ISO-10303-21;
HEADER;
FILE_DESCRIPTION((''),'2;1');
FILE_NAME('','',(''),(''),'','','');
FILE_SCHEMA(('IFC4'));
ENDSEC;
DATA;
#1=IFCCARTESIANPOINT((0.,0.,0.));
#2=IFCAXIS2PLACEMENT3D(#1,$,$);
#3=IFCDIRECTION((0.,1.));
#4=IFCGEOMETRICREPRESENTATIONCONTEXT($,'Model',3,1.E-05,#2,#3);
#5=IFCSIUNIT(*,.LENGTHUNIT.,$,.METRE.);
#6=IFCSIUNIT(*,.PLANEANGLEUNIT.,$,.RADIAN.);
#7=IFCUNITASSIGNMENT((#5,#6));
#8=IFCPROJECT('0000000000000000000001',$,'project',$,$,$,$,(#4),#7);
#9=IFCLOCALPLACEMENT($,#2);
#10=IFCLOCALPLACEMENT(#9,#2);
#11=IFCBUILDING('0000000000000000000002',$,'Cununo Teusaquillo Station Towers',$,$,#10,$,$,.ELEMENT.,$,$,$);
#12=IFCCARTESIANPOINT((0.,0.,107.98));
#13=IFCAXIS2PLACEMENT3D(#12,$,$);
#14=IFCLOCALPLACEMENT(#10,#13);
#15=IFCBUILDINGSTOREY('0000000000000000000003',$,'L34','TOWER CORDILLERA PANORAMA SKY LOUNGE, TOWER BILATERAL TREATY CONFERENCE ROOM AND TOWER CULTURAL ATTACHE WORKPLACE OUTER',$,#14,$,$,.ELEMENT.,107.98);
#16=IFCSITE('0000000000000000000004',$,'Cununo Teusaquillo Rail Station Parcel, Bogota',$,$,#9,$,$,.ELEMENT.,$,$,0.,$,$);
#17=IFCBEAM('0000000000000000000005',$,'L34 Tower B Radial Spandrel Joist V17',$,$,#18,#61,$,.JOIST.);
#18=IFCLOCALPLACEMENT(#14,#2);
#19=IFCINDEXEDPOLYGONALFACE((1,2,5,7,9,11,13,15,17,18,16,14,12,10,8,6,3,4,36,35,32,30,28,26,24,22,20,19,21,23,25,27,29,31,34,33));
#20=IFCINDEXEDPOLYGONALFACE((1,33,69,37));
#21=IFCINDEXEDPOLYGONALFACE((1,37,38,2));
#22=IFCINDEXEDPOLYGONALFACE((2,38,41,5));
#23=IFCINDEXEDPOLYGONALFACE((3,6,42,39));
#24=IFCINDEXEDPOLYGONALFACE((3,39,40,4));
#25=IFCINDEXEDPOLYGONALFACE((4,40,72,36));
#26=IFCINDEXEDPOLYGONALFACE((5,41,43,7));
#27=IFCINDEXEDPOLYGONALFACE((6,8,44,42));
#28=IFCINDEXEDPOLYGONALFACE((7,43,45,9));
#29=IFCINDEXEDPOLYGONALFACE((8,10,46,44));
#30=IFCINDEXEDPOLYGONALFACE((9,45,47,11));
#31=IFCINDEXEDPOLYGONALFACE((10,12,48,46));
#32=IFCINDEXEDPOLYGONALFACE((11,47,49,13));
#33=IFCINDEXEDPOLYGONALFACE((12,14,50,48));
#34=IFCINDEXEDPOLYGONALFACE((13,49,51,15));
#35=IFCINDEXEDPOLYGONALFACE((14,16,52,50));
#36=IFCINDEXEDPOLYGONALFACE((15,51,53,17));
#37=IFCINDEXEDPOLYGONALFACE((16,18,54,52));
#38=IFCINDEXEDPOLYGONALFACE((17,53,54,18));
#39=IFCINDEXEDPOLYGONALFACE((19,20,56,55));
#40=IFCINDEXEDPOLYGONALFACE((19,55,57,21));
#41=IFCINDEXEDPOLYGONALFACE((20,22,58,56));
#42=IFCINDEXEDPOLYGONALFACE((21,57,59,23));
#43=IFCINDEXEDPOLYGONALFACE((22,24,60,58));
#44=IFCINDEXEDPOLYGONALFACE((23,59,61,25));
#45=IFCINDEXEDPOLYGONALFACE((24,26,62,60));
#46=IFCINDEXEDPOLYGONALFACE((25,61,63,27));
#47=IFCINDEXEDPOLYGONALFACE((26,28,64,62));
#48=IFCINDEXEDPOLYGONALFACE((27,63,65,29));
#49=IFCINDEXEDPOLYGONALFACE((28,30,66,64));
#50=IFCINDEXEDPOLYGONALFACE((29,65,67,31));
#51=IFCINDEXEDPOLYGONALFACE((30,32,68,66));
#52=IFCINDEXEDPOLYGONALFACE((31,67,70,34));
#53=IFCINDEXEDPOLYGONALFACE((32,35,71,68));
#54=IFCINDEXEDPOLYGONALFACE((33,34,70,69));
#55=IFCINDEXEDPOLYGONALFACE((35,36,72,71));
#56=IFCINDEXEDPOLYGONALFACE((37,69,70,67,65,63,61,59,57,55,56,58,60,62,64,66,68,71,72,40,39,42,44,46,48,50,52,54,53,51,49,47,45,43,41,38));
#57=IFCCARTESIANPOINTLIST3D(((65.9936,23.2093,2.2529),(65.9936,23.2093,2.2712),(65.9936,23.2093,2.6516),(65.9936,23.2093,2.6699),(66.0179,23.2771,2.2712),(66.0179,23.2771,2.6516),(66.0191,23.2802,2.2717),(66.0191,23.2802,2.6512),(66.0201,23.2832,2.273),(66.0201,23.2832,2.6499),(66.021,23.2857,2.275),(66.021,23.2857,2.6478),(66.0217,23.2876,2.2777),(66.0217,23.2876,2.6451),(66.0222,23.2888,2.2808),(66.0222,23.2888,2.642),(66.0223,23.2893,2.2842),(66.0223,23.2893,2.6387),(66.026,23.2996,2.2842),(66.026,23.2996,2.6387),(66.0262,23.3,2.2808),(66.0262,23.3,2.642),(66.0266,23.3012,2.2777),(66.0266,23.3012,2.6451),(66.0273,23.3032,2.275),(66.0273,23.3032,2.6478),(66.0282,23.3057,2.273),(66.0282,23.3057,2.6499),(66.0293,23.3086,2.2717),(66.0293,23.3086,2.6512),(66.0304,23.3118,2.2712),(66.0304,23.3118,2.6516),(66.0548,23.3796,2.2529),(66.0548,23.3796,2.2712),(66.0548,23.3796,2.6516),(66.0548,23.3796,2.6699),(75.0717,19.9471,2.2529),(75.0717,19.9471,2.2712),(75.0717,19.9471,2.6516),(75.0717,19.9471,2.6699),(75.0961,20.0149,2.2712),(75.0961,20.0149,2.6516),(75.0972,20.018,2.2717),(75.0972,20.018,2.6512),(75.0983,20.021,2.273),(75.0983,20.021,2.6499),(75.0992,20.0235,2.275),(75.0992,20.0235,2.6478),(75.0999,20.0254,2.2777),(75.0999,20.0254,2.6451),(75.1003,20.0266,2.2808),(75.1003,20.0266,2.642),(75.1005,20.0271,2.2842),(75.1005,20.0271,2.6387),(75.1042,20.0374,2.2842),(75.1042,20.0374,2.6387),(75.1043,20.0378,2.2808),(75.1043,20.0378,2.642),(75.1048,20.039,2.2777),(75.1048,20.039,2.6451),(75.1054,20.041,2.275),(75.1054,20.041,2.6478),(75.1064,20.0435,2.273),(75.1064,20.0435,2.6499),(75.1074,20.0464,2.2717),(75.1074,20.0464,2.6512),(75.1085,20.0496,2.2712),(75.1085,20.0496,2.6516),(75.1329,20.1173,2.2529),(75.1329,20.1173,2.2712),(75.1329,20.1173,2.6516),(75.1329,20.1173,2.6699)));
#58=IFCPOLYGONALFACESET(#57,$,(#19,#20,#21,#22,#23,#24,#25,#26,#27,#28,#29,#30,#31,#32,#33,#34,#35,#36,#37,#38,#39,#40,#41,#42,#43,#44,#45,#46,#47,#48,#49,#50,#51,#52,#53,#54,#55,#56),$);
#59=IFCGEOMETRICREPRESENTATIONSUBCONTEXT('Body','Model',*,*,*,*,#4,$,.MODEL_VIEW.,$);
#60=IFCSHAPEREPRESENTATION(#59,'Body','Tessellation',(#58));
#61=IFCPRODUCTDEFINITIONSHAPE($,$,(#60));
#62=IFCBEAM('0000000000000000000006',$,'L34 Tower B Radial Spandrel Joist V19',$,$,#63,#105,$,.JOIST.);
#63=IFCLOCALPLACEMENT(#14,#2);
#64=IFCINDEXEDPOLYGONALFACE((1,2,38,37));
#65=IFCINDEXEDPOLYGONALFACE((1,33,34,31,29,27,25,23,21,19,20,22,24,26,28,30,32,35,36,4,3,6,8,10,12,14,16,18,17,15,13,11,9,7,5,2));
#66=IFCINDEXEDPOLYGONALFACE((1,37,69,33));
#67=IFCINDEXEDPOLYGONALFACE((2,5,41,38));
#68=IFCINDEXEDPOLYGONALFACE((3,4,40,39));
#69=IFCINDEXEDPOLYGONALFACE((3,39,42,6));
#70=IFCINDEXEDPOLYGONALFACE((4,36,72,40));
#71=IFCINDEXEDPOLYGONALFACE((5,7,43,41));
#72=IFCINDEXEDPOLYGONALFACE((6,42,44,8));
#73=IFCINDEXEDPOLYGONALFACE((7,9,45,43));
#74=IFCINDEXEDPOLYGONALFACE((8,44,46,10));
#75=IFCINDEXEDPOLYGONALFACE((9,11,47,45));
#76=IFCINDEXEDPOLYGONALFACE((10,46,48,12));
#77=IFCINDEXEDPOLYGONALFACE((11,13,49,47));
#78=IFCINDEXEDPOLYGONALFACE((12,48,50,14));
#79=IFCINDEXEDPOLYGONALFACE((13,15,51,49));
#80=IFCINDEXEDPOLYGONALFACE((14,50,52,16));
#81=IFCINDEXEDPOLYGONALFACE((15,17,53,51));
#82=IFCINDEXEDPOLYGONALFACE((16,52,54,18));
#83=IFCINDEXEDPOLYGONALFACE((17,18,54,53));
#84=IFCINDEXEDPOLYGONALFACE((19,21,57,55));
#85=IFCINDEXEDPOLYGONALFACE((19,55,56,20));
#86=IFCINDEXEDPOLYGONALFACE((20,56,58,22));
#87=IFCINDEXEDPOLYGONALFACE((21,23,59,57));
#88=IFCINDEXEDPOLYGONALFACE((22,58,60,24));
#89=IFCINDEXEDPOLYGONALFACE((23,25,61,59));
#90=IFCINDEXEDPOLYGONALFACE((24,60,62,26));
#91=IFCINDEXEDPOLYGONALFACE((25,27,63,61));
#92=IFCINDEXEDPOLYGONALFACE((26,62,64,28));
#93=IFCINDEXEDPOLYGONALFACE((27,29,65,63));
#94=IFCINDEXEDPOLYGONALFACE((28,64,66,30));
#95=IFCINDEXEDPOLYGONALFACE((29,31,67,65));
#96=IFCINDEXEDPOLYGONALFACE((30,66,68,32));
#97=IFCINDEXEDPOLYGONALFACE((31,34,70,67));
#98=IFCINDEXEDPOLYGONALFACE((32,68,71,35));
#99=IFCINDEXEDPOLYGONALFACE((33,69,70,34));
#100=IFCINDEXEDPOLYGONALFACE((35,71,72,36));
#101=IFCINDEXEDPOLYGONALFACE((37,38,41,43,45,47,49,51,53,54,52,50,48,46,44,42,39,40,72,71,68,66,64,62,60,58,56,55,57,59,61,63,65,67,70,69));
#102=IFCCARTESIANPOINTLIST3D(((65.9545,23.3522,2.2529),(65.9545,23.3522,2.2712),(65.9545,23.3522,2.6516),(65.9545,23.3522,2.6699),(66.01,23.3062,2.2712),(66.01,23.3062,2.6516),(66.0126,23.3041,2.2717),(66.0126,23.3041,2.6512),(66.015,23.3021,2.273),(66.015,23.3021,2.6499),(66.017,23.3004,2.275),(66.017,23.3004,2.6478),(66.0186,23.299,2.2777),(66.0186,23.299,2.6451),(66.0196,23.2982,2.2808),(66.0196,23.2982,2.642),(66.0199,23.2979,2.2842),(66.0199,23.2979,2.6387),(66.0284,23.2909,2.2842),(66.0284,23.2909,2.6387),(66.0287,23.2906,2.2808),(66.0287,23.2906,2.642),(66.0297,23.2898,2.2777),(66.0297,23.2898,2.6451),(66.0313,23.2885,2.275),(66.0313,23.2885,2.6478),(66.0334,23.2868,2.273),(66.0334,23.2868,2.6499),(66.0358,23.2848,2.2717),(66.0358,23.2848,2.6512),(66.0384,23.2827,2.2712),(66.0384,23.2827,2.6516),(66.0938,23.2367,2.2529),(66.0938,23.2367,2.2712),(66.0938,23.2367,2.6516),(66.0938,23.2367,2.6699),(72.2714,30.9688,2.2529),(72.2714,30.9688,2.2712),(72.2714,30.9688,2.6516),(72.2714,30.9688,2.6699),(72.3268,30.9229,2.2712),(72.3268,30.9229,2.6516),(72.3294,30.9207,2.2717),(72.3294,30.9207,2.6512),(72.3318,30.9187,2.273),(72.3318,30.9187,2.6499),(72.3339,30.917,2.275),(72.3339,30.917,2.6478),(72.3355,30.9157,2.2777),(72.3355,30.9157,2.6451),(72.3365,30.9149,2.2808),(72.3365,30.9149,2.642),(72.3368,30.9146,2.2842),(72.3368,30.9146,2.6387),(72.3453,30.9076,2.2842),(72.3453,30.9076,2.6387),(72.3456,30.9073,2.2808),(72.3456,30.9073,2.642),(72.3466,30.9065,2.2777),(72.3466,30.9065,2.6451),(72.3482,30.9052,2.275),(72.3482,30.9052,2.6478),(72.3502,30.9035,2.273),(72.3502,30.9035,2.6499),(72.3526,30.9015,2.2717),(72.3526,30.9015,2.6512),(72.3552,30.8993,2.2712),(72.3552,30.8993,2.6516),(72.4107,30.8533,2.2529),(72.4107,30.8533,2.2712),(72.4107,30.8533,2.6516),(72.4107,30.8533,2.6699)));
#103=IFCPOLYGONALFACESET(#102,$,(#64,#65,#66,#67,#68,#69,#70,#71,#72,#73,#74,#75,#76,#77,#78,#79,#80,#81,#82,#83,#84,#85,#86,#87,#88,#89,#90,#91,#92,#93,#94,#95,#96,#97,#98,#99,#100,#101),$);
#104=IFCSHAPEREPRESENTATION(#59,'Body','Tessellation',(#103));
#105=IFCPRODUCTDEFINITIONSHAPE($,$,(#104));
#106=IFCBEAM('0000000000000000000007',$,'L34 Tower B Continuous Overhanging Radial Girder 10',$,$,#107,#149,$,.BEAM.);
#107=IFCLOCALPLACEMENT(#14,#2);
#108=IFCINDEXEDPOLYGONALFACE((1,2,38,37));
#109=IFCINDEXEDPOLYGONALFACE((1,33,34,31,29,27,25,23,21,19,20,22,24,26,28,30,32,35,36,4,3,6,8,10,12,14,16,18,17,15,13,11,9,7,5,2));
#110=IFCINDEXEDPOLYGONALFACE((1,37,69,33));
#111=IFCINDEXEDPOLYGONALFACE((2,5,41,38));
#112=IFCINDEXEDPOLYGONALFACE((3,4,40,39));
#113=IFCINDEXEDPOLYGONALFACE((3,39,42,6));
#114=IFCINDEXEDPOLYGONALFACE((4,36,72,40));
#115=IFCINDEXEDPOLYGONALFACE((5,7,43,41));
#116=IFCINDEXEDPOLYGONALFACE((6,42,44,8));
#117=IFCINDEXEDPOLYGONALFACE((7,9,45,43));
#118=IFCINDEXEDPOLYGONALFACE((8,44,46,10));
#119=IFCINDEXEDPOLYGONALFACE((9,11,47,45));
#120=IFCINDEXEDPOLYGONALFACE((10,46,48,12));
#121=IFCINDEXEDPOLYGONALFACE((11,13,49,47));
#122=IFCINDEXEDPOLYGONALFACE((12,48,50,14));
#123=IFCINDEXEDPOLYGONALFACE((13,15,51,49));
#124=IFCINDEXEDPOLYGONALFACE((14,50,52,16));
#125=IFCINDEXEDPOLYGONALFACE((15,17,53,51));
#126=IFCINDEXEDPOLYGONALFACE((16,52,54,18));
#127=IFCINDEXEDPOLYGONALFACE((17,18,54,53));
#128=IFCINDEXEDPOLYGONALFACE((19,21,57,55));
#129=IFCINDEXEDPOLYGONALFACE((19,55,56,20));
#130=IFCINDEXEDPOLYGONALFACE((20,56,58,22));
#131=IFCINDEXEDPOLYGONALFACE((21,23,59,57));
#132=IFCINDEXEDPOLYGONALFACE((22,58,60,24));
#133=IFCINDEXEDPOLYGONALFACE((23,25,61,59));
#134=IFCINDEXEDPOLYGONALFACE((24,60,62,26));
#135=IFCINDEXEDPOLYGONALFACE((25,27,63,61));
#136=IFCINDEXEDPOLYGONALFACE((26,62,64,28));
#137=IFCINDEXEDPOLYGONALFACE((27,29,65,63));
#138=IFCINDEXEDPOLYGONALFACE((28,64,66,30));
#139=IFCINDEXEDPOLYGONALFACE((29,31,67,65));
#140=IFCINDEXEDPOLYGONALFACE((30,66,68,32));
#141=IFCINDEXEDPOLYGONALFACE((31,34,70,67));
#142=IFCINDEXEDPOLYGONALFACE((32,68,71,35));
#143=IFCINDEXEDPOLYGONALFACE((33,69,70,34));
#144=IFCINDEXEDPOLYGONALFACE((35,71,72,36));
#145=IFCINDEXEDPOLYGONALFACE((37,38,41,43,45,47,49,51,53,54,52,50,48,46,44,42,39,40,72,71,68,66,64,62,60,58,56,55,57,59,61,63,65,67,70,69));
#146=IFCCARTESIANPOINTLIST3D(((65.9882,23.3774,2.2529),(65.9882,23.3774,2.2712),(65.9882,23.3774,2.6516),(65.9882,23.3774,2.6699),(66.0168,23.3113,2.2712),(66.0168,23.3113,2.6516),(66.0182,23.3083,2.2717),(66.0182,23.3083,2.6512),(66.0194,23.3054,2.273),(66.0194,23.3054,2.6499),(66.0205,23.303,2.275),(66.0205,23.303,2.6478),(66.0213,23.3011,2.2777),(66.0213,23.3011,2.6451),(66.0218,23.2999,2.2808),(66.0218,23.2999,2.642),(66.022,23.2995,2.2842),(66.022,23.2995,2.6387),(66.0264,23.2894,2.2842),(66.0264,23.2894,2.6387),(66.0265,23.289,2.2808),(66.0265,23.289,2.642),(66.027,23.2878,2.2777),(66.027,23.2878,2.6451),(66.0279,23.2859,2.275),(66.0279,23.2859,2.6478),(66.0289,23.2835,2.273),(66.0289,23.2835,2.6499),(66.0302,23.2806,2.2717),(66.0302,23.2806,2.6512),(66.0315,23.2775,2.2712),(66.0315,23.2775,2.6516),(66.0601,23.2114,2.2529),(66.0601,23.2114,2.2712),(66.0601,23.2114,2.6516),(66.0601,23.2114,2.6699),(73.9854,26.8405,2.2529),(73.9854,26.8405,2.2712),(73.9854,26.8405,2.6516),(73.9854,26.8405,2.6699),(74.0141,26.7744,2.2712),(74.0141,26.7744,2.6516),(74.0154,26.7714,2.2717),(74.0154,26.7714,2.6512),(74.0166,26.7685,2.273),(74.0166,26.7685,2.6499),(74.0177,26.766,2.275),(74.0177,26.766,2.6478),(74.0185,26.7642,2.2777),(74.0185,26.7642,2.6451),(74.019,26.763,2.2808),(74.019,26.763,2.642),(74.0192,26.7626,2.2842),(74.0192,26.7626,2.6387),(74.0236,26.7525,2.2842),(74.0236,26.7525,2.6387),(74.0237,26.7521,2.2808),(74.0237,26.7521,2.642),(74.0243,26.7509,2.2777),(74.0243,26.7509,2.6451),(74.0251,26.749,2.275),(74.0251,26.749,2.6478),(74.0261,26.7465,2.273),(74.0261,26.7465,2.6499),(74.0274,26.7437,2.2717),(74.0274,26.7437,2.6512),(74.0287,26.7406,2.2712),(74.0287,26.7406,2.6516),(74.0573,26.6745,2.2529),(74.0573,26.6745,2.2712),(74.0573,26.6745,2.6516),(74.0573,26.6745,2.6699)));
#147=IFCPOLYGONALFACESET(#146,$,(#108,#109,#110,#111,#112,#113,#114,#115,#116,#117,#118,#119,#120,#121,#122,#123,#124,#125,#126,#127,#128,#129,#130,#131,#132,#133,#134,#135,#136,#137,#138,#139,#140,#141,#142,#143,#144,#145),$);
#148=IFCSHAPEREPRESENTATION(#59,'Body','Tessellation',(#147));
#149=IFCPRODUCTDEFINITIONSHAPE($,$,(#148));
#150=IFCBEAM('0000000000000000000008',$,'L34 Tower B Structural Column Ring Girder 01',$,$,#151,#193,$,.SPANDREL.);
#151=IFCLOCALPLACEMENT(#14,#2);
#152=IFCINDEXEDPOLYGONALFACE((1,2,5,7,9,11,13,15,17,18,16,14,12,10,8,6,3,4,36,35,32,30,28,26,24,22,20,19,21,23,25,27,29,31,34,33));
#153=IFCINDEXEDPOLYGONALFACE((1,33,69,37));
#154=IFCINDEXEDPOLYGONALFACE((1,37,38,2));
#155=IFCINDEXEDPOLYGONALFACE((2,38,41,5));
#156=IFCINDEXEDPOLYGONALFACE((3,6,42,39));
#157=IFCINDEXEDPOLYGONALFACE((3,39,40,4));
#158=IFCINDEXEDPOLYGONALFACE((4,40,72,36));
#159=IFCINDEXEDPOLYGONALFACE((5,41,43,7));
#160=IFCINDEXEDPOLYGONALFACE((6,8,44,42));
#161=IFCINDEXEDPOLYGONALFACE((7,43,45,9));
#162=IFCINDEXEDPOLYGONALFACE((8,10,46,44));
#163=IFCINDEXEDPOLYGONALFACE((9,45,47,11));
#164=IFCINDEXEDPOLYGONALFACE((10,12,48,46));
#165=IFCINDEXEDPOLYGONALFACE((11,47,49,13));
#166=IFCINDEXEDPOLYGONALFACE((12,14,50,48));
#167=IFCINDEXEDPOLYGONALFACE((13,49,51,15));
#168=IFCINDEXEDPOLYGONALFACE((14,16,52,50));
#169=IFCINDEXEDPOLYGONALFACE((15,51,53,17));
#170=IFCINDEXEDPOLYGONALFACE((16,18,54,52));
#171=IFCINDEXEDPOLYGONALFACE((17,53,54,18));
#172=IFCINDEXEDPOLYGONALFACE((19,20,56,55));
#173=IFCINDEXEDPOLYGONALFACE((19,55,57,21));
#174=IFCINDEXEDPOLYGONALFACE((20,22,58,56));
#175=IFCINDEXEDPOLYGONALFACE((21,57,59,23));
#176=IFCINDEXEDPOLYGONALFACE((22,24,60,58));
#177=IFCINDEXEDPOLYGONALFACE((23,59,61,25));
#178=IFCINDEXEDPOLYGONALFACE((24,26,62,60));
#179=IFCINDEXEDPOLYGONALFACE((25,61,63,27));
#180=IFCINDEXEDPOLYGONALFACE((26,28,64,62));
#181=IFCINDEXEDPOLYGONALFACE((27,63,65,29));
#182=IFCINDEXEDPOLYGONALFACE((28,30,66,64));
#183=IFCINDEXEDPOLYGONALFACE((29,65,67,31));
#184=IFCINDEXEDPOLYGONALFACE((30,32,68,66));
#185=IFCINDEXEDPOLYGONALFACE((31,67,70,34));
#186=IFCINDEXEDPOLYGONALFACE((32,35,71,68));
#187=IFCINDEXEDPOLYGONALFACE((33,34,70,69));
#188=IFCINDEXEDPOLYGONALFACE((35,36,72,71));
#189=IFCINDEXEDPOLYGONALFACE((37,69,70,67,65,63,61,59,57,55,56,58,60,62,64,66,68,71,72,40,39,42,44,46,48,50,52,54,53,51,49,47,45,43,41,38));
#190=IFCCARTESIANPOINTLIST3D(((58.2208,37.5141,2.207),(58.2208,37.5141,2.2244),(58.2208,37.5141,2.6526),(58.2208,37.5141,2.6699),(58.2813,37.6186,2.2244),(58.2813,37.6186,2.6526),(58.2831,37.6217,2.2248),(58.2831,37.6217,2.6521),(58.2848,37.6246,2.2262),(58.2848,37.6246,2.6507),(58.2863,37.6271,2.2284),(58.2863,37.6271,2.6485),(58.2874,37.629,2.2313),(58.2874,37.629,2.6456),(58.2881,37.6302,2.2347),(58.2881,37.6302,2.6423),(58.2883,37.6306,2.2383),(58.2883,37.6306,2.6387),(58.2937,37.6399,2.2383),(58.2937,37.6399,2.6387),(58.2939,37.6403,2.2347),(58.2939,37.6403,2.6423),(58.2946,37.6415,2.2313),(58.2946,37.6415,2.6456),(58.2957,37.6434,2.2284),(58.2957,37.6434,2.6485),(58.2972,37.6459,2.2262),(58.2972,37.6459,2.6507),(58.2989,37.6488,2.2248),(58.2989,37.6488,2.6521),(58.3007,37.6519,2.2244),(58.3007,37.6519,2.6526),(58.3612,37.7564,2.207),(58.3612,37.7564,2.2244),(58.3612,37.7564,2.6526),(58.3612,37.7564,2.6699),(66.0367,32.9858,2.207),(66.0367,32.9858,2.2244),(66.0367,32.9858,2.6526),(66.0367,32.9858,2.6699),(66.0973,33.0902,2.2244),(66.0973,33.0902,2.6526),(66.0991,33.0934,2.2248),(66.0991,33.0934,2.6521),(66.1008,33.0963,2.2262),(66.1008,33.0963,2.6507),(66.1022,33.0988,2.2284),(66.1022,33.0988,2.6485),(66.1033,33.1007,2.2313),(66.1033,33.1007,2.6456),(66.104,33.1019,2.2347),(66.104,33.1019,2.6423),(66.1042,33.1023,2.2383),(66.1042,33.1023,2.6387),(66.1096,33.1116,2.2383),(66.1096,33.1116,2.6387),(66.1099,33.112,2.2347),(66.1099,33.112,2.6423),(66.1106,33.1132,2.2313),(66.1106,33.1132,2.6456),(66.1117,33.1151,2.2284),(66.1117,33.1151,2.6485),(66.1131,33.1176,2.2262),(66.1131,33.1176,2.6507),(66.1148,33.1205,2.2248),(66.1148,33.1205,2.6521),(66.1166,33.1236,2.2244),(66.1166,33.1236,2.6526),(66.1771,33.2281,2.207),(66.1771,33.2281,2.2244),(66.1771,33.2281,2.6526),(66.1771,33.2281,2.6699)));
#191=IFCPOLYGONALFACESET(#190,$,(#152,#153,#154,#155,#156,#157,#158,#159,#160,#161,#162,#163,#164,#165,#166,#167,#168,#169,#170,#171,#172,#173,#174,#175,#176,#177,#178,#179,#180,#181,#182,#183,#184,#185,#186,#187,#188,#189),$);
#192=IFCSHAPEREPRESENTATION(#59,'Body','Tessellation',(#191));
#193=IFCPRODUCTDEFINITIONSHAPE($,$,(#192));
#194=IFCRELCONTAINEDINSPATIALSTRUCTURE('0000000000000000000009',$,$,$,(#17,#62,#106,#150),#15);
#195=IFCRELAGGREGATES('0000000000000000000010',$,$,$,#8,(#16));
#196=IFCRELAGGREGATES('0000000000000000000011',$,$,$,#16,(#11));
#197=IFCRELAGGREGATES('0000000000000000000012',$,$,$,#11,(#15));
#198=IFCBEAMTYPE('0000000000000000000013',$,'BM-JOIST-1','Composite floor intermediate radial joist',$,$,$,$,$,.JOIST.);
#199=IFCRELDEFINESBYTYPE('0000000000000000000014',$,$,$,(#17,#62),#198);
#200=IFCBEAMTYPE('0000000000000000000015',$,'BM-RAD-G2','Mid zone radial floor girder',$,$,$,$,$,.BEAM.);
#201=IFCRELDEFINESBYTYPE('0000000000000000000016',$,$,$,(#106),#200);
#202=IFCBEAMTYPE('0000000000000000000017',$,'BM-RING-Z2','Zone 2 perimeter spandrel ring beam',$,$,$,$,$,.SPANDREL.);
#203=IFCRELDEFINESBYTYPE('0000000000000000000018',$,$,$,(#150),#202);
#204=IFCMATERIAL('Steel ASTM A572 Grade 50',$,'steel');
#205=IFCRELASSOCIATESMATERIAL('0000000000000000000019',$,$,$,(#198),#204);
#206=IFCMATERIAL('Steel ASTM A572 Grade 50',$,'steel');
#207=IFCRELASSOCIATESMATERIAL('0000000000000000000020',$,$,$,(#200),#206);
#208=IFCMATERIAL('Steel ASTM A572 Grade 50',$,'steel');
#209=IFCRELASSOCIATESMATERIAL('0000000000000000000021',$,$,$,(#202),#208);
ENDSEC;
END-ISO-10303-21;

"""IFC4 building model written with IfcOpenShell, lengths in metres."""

from ifc_helpers import new_model, si_unit, direction, frame, origin, origin_2d, place, context, subcontext, project, spatial, i_section, extrude, material, material_profile, profile_set, type_object, element, save


model = new_model("IFC4")

# Units and contexts
model_context = context("Model", 3, precision=1e-05, world=origin(), true_north=direction((0.0, 1.0)))
body_context = subcontext(model_context, "Body", "Model", "MODEL_VIEW")
ifc_project = project(units=[si_unit("LENGTHUNIT", "METRE"), si_unit("PLANEANGLEUNIT", "RADIAN")], contexts=[model_context])

# Site, building, storey
site_placement = place(None, origin())
site = spatial("IfcSite", under=ifc_project, at=site_placement, Name="Cununo Teusaquillo Rail Station Parcel, Bogota", CompositionType="ELEMENT", RefElevation=0.0)
building_placement = place(site_placement, origin())
building = spatial("IfcBuilding", under=site, at=building_placement, Name="Cununo Teusaquillo Station Towers", CompositionType="ELEMENT")
storey_placement = place(building_placement, frame((0.0, 0.0, 107.98)))
storey = spatial("IfcBuildingStorey", under=building, at=storey_placement, Name="L34", Description="TOWER CORDILLERA PANORAMA SKY LOUNGE, TOWER BILATERAL TREATY CONFERENCE ROOM AND TOWER CULTURAL ATTACHE WORKPLACE OUTER", CompositionType="ELEMENT", Elevation=107.98)

# Beams
ifc_material_1 = material(Name="Steel ASTM A572 Grade 50", Category="steel")
ifc_material_profile_1 = material_profile(ifc_material_1, i_section(OverallWidth=0.1809, OverallDepth=0.417, WebThickness=0.011, FlangeThickness=0.0183, FilletRadius=0.0129, at=origin_2d()), Name="W16X57")
ifc_profile_set_1 = profile_set([ifc_material_profile_1], Name="Steel ASTM A572 Grade 50")
beam_type_1 = type_object("IfcBeamType", Name="BM-JOIST-1", Description="Composite floor intermediate radial joist", PredefinedType="JOIST", material=ifc_profile_set_1)
beam_1_placement = place(storey_placement, frame((66.0242, 23.2944, 2.4614), z_axis=(0.941083, -0.338176, 0.0), x_axis=(0.338176, 0.941083, 0.0)))
element("IfcBeam", 1, at=beam_1_placement, inside=storey, type_object=beam_type_1, Name="L34 Tower B Radial Spandrel Joist V17", PredefinedType="JOIST", context=body_context, shape_type="SweptSolid", body=[
    extrude(i_section(OverallWidth=0.1809, OverallDepth=0.417, WebThickness=0.011, FlangeThickness=0.0183, FilletRadius=0.0129, at=origin_2d()), origin(), (0.0, 0.0, 1.0), 9.6465),
])
beam_2_placement = place(storey_placement, frame((66.0242, 23.2944, 2.4614), z_axis=(0.638372, 0.769728, 0.0), x_axis=(-0.769728, 0.638372, 0.0)))
element("IfcBeam", 2, at=beam_2_placement, inside=storey, type_object=beam_type_1, Name="L34 Tower B Radial Spandrel Joist V19", PredefinedType="JOIST", context=body_context, shape_type="SweptSolid", body=[
    extrude(i_section(OverallWidth=0.1809, OverallDepth=0.417, WebThickness=0.011, FlangeThickness=0.0183, FilletRadius=0.0129, at=origin_2d()), origin(), (0.0, 0.0, 1.0), 9.8953),
])
ifc_material_2 = material(Name="Steel ASTM A572 Grade 50", Category="steel")
ifc_material_profile_2 = material_profile(ifc_material_2, i_section(OverallWidth=0.1809, OverallDepth=0.417, WebThickness=0.011, FlangeThickness=0.0183, FilletRadius=0.0129, at=origin_2d()), Name="W16X57")
ifc_profile_set_2 = profile_set([ifc_material_profile_2], Name="Steel ASTM A572 Grade 50")
beam_type_2 = type_object("IfcBeamType", Name="BM-RAD-G2", Description="Mid zone radial floor girder", PredefinedType="BEAM", material=ifc_profile_set_2)
beam_3_placement = place(storey_placement, frame((66.0242, 23.2944, 2.4614), z_axis=(0.917655, 0.397379, 0.0), x_axis=(-0.397379, 0.917655, 0.0)))
element("IfcBeam", 3, at=beam_3_placement, inside=storey, type_object=beam_type_2, Name="L34 Tower B Continuous Overhanging Radial Girder 10", PredefinedType="BEAM", context=body_context, shape_type="SweptSolid", body=[
    extrude(i_section(OverallWidth=0.1809, OverallDepth=0.417, WebThickness=0.011, FlangeThickness=0.0183, FilletRadius=0.0129, at=origin_2d()), origin(), (0.0, 0.0, 1.0), 8.7148),
])
ifc_material_3 = material(Name="Steel ASTM A572 Grade 50", Category="steel")
ifc_material_profile_3 = material_profile(ifc_material_3, i_section(OverallWidth=0.28, OverallDepth=0.4629, WebThickness=0.0107, FlangeThickness=0.0173, FilletRadius=0.0139, at=origin_2d()), Name="W18X76")
ifc_profile_set_3 = profile_set([ifc_material_profile_3], Name="Steel ASTM A572 Grade 50")
beam_type_3 = type_object("IfcBeamType", Name="BM-RING-Z2", Description="Zone 2 perimeter spandrel ring beam", PredefinedType="SPANDREL", material=ifc_profile_set_3)
for number, where, z_axis, x_axis, name in (
    (4, (66.1069, 33.1069, 2.4385), (-0.865267, 0.501311, 0.0), (-0.501311, -0.865267, 0.0), "L34 Tower B Structural Column Ring Girder 01"),
):
    element("IfcBeam", number, at=place(storey_placement, frame(where, z_axis=z_axis, x_axis=x_axis)), inside=storey, type_object=beam_type_3, Name=name, PredefinedType="SPANDREL", context=body_context, shape_type="SweptSolid", body=[
        extrude(i_section(OverallWidth=0.28, OverallDepth=0.4629, WebThickness=0.0107, FlangeThickness=0.0173, FilletRadius=0.0139, at=origin_2d()), origin(), (0.0, 0.0, 1.0), 9.033),
    ])

save(model, "model.ifc")
